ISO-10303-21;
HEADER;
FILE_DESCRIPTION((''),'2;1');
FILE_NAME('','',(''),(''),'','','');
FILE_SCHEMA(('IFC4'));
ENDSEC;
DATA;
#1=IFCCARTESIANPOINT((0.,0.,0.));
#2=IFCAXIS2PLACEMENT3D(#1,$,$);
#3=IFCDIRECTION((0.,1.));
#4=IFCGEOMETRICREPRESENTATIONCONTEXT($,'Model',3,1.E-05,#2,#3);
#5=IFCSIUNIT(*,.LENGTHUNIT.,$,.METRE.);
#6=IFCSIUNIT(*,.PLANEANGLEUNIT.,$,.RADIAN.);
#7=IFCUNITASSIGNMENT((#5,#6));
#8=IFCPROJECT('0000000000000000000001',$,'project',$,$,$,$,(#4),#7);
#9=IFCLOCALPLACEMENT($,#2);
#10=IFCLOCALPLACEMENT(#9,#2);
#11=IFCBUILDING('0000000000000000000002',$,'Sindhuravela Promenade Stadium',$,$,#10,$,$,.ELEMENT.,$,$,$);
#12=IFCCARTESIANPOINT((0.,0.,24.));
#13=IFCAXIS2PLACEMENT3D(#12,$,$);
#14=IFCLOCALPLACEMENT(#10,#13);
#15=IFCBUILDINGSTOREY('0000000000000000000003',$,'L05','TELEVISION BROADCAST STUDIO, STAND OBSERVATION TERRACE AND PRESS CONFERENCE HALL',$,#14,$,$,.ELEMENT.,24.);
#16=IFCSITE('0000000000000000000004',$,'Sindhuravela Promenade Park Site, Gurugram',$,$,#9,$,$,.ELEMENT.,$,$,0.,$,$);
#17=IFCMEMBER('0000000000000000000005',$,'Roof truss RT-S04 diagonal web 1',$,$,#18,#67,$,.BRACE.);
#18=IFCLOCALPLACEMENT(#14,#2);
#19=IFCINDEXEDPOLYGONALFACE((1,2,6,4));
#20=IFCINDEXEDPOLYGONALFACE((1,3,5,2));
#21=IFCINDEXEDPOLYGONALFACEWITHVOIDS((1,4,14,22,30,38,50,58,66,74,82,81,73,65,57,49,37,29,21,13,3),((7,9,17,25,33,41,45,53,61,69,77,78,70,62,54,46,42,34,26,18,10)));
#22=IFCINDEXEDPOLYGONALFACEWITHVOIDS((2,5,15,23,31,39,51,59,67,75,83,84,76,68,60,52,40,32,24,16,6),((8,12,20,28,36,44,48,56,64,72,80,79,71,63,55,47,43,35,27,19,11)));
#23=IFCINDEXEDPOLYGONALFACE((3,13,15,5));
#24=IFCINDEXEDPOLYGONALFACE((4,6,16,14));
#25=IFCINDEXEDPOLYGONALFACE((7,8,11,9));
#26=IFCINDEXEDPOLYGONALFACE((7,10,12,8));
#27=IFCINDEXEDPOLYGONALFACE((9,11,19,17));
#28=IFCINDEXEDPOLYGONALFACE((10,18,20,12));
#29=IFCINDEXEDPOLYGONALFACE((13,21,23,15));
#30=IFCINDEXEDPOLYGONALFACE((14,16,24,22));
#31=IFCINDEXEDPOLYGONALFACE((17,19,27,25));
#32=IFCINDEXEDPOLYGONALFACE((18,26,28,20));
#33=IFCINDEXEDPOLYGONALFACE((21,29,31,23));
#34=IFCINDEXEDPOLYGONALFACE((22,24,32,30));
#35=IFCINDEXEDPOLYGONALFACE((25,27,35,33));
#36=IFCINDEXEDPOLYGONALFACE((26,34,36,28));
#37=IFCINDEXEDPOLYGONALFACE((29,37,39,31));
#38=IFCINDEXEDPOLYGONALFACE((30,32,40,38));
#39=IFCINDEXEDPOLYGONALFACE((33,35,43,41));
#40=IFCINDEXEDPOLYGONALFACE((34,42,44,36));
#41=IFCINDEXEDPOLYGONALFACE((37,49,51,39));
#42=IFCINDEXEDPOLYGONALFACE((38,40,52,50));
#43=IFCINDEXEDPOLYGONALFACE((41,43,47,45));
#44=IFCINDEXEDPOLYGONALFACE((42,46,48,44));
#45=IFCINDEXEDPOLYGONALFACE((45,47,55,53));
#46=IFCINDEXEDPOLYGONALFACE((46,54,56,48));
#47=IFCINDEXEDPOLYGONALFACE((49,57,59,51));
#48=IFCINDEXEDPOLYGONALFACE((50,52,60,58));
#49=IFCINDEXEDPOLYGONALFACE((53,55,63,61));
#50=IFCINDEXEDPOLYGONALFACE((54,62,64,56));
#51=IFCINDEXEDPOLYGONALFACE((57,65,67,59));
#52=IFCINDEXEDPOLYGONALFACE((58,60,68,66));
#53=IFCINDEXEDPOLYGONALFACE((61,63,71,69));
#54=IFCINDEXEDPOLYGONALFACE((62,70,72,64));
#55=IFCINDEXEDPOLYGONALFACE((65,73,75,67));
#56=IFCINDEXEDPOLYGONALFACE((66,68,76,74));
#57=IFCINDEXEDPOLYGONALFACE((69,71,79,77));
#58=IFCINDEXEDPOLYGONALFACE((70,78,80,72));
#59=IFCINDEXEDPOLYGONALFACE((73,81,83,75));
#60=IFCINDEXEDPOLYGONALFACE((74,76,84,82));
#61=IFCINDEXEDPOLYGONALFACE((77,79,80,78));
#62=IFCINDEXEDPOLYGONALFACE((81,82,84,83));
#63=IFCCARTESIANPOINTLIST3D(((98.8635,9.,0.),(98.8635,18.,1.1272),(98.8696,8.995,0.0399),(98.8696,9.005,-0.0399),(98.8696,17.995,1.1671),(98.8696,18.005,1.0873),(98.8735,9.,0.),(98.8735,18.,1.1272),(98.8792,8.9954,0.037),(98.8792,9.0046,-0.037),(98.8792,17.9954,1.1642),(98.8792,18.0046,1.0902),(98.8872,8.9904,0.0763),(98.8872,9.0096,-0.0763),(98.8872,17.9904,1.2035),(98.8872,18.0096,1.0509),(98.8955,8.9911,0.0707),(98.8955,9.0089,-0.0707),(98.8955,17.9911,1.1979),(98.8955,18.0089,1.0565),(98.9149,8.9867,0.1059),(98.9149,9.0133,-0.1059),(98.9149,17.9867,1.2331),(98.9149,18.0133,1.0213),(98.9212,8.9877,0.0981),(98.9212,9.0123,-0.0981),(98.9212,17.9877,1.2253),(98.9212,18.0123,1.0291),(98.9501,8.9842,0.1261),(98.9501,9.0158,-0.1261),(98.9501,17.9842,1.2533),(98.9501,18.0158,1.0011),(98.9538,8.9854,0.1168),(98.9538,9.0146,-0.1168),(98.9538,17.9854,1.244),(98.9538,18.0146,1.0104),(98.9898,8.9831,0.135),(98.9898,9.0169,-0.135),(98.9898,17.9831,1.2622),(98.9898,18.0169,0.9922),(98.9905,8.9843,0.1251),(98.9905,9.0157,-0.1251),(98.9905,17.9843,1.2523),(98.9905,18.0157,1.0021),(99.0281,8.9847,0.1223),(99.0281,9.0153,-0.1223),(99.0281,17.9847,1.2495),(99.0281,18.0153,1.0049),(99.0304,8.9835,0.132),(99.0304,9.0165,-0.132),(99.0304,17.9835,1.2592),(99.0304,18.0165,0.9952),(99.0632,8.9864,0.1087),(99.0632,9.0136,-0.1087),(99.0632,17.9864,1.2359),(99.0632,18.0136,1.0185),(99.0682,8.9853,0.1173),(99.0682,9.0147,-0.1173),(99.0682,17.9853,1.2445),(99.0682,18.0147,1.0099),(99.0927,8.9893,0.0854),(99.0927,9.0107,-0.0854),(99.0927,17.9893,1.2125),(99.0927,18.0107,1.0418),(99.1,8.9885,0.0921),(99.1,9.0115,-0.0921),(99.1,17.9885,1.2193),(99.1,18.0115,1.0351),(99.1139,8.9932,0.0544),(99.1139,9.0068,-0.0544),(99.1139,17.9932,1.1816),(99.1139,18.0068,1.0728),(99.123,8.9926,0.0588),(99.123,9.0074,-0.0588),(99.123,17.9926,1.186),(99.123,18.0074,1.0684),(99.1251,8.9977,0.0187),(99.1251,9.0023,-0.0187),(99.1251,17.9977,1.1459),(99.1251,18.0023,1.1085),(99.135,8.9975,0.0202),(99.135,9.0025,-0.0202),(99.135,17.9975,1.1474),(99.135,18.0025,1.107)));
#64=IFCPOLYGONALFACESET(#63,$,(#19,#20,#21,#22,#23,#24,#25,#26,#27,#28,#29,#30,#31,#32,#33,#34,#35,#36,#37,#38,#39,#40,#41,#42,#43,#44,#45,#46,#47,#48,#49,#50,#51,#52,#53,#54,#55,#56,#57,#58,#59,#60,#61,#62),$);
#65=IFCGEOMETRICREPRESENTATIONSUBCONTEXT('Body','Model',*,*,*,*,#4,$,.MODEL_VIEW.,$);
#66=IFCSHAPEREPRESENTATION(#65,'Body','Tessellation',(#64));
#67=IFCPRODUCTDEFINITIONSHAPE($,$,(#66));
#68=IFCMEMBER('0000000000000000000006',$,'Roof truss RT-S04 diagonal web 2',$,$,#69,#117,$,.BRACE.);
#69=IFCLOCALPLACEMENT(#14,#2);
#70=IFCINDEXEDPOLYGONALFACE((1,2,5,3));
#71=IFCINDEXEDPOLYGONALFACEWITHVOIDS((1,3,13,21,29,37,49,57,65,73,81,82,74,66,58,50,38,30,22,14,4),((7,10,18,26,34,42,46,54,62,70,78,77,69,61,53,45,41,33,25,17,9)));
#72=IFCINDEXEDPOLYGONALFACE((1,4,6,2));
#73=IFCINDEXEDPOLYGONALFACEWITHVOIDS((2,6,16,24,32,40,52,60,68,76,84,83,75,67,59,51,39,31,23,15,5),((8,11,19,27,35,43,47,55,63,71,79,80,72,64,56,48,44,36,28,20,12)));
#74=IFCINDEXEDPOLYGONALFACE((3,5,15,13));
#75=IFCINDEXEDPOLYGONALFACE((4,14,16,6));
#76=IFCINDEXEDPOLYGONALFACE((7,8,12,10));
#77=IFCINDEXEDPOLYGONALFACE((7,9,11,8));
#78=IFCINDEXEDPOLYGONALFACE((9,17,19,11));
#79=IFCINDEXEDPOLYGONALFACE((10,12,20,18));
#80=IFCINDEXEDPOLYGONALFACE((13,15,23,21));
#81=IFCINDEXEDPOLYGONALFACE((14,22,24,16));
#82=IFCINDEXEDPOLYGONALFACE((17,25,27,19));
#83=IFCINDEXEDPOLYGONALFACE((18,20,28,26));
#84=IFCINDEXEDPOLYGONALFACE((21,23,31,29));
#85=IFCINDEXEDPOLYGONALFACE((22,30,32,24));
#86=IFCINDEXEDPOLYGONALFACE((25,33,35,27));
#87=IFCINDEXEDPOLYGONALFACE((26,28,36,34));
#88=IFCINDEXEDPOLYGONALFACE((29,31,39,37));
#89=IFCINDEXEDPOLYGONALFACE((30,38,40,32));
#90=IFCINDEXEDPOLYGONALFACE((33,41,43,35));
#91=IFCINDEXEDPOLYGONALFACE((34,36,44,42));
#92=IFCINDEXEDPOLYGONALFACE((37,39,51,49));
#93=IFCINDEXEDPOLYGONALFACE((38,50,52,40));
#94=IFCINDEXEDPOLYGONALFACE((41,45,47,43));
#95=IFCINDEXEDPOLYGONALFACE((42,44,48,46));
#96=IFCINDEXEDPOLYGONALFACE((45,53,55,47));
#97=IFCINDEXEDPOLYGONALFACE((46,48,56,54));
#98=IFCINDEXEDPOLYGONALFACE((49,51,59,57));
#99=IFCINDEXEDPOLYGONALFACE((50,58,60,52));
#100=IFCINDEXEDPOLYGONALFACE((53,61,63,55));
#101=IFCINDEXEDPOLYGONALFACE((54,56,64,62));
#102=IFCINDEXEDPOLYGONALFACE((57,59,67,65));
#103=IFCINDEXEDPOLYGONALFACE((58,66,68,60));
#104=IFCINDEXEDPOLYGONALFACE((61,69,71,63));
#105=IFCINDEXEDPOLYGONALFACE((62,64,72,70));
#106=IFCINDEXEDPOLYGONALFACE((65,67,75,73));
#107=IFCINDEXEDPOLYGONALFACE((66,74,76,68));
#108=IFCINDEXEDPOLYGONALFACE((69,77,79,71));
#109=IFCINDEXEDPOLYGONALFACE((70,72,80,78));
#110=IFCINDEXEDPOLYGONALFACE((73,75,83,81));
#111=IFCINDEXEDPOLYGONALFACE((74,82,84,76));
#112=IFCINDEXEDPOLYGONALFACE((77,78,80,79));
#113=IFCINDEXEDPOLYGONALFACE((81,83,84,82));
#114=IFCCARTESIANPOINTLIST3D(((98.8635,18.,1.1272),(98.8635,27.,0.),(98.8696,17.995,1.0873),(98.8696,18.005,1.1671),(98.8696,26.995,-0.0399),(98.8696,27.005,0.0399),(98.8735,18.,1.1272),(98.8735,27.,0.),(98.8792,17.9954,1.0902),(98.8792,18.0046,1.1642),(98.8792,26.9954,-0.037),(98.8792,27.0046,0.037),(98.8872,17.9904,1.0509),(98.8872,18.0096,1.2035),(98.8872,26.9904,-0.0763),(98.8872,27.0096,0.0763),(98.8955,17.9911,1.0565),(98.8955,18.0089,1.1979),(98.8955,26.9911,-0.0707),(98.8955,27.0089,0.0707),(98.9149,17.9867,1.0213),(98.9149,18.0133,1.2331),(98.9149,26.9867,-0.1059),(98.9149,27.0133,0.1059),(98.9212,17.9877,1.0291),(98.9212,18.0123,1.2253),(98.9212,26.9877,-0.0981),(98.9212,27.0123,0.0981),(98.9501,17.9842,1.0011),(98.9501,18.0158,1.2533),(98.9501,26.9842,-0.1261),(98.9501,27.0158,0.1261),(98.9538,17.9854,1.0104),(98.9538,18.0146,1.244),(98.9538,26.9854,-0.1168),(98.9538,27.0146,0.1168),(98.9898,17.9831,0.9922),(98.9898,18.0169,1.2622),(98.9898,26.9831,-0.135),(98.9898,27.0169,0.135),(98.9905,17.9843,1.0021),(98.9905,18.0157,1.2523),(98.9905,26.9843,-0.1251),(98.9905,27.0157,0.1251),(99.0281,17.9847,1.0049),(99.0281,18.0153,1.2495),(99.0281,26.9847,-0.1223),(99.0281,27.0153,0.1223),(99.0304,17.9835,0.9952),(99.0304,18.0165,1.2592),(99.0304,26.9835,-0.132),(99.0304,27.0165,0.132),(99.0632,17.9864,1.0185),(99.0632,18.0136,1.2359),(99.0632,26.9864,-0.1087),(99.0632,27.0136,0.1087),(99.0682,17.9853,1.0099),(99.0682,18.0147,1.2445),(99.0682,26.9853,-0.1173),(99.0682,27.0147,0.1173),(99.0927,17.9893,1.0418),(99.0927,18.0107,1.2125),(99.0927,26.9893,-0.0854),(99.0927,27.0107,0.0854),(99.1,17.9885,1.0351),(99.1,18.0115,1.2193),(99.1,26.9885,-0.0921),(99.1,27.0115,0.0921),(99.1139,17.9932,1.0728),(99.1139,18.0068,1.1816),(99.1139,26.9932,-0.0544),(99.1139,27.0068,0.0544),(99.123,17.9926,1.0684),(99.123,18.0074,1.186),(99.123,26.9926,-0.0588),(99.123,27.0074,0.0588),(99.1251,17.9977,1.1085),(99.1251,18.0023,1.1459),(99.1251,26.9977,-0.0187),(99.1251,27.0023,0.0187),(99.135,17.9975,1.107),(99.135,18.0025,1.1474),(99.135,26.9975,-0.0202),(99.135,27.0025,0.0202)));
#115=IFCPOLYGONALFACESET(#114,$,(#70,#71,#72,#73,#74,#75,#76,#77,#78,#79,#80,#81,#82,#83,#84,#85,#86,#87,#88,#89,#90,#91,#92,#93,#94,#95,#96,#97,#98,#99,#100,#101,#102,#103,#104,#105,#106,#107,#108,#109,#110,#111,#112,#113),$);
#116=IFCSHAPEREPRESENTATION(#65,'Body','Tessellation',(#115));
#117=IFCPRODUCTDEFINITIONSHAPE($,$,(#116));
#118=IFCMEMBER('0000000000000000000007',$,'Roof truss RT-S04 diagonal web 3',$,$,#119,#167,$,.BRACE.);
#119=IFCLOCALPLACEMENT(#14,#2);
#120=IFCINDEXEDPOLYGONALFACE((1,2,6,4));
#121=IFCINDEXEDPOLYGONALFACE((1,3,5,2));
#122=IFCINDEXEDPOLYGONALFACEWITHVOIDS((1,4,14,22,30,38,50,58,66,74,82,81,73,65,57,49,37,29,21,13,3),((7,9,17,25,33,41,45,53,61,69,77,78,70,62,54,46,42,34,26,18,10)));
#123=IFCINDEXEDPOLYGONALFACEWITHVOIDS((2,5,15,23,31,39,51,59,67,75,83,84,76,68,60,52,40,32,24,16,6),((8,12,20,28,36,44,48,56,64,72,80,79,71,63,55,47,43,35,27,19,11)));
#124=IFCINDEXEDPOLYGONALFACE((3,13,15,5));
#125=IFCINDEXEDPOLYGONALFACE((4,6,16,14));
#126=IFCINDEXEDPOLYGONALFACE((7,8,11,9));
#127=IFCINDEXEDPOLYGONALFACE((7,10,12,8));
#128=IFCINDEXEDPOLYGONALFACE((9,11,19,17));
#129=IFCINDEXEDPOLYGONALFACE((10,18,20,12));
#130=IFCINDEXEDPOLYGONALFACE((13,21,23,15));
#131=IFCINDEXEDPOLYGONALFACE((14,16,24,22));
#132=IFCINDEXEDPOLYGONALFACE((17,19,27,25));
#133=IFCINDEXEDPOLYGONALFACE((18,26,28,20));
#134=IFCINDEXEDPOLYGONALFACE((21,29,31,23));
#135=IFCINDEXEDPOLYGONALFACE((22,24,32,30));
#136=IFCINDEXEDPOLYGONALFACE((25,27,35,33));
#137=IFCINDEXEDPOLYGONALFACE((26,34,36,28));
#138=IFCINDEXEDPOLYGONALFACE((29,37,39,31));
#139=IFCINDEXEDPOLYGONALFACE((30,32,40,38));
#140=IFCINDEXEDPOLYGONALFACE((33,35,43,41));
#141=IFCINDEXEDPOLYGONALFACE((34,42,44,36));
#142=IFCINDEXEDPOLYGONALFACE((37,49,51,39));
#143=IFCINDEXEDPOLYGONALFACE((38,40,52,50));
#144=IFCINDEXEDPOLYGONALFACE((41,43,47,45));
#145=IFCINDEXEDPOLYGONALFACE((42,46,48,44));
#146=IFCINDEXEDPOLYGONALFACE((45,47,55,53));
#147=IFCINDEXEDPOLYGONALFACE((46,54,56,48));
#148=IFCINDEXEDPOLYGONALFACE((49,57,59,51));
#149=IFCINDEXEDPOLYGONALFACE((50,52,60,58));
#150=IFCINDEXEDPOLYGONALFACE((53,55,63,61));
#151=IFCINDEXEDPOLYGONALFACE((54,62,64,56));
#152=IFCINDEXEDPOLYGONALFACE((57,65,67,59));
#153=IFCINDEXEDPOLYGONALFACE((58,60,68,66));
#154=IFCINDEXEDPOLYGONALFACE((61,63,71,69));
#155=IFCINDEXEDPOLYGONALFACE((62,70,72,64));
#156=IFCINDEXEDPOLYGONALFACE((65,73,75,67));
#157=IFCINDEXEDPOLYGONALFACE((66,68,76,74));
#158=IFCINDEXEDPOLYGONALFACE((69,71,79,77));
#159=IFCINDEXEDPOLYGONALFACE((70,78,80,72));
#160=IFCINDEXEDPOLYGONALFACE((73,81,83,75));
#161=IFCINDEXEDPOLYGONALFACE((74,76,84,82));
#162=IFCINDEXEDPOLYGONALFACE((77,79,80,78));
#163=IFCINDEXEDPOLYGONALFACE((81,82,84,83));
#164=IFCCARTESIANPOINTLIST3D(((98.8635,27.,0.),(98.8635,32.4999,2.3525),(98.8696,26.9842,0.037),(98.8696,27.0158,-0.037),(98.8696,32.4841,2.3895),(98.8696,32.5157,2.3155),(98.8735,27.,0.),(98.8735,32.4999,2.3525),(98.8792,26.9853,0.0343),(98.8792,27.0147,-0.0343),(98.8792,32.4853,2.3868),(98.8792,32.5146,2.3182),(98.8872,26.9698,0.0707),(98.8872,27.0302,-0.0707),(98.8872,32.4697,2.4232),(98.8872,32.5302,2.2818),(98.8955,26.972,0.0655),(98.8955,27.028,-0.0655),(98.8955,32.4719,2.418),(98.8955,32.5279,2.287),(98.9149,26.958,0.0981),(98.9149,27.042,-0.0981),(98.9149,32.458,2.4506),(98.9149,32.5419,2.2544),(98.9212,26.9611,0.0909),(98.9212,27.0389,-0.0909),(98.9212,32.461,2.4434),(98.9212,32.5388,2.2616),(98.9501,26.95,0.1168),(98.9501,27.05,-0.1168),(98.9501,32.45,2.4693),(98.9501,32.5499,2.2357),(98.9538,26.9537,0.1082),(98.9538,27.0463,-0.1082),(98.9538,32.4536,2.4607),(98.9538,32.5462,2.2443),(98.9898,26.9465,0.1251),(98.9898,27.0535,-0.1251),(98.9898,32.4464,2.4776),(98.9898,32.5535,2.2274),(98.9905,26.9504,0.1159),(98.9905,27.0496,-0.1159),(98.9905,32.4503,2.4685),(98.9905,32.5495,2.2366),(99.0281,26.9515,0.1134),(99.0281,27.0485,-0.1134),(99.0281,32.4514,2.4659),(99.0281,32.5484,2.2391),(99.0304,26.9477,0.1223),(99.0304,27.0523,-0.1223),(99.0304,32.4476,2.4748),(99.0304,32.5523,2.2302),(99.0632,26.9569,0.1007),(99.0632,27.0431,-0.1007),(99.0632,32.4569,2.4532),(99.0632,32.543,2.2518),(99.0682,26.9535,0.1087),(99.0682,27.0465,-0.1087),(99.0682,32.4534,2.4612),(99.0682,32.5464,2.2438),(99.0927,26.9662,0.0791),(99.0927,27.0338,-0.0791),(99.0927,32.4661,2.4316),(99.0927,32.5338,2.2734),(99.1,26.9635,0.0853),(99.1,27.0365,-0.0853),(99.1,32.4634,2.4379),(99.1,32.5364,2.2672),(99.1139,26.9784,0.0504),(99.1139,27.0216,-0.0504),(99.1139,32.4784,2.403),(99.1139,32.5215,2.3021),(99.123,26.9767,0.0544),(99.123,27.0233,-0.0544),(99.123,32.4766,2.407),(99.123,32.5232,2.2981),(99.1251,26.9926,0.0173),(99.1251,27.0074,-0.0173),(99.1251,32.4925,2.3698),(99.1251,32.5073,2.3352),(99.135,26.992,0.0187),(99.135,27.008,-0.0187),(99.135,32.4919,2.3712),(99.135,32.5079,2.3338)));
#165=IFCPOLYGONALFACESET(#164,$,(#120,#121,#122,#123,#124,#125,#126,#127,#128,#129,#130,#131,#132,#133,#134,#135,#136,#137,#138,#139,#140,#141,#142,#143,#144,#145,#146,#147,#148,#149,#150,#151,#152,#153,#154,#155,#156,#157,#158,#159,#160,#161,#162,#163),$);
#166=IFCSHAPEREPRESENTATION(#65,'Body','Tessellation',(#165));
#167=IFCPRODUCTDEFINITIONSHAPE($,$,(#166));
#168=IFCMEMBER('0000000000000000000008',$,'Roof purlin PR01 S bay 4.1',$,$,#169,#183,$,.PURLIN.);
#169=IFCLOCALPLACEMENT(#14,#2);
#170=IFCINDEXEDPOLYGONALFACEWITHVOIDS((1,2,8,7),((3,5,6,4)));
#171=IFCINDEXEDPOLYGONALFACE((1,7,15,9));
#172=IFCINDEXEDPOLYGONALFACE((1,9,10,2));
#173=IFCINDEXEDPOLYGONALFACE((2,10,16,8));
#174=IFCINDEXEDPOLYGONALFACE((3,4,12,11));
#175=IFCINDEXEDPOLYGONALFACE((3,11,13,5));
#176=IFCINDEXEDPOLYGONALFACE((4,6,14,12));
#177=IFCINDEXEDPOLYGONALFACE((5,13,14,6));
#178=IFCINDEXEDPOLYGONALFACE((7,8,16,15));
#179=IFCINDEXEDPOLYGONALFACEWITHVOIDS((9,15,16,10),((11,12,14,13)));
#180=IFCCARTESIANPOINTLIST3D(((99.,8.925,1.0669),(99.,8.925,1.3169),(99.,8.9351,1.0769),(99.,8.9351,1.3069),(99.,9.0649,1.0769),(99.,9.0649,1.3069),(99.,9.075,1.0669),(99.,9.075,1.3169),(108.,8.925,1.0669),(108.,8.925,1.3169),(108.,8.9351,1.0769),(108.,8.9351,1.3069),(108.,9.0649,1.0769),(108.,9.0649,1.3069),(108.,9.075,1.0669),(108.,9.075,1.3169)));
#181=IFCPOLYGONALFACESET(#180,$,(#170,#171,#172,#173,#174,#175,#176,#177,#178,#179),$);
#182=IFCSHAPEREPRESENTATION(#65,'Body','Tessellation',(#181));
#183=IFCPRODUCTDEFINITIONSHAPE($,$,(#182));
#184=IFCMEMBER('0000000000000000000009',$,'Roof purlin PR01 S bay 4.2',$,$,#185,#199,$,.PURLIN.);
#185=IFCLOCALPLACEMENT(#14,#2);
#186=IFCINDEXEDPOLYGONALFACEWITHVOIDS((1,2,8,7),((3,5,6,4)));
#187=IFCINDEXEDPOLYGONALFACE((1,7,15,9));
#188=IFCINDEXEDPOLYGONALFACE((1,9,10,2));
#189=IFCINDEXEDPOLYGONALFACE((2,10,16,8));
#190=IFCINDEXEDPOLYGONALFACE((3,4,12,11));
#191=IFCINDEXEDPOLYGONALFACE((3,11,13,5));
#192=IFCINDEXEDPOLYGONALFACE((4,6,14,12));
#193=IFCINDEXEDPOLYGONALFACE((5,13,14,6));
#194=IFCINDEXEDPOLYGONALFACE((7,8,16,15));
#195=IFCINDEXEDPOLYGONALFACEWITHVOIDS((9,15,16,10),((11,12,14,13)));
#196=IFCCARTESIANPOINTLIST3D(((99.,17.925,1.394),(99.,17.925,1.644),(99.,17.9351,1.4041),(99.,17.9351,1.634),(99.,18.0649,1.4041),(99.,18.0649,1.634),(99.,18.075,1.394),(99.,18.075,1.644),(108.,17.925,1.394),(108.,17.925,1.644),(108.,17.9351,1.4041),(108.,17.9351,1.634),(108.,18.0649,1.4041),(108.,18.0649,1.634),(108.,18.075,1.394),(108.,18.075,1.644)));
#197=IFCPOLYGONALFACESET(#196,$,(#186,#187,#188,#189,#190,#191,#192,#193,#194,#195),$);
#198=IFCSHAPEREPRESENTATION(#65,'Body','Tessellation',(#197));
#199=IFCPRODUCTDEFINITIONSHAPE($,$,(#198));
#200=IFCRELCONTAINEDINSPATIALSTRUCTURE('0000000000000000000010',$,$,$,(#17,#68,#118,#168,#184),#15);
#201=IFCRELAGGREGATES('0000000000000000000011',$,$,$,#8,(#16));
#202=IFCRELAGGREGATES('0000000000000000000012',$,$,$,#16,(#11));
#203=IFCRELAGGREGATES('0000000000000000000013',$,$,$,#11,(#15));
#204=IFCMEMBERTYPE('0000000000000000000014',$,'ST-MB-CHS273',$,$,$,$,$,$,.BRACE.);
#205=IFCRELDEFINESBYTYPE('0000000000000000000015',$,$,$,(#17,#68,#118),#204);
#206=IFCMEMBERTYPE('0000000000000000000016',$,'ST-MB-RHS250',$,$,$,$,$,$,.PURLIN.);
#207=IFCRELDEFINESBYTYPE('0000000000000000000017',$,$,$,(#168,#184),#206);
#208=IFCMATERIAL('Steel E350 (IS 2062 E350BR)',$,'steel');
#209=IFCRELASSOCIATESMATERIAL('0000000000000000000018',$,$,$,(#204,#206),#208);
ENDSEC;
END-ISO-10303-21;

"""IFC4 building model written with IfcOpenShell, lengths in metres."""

from ifc_helpers import new_model, si_unit, direction, frame, origin, origin_2d, place, context, subcontext, project, spatial, hollow_rectangle, hollow_circle, extrude, material, material_profile, profile_set, type_object, element, save


model = new_model("IFC4")

# Units and contexts
model_context = context("Model", 3, precision=1e-05, world=origin(), true_north=direction((0.0, 1.0)))
body_context = subcontext(model_context, "Body", "Model", "MODEL_VIEW")
ifc_project = project(units=[si_unit("LENGTHUNIT", "METRE"), si_unit("PLANEANGLEUNIT", "RADIAN")], contexts=[model_context])

# Site, building, storey
site_placement = place(None, origin())
site = spatial("IfcSite", under=ifc_project, at=site_placement, Name="Sindhuravela Promenade Park Site, Gurugram", CompositionType="ELEMENT", RefElevation=0.0)
building_placement = place(site_placement, origin())
building = spatial("IfcBuilding", under=site, at=building_placement, Name="Sindhuravela Promenade Stadium", CompositionType="ELEMENT")
storey_placement = place(building_placement, frame((0.0, 0.0, 24.0)))
storey = spatial("IfcBuildingStorey", under=building, at=storey_placement, Name="L05", Description="TELEVISION BROADCAST STUDIO, STAND OBSERVATION TERRACE AND PRESS CONFERENCE HALL", CompositionType="ELEMENT", Elevation=24.0)

# Shared definitions
ifc_material_1 = material(Name="Steel E350 (IS 2062 E350BR)", Category="steel")

# Members
ifc_material_profile_1 = material_profile(ifc_material_1, hollow_circle(Radius=0.1365, WallThickness=0.01, at=origin_2d()), Name="CHS 273.0x10")
ifc_profile_set_1 = profile_set([ifc_material_profile_1], Name="Steel E350 (IS 2062 E350BR)")
member_type_1 = type_object("IfcMemberType", Name="ST-MB-CHS273", PredefinedType="BRACE", material=ifc_profile_set_1)
for number, where, z_axis, x_axis, name in (
    (1, (99.0, 9.0, 0.0), (0.0, 0.992248, 0.124273), (-1.0, 0.0, 0.0), "Roof truss RT-S04 diagonal web 1"),
    (2, (99.0, 18.0, 1.1272), (0.0, 0.992248, -0.124273), (-1.0, 0.0, 0.0), "Roof truss RT-S04 diagonal web 2"),
):
    element("IfcMember", number, at=place(storey_placement, frame(where, z_axis=z_axis, x_axis=x_axis)), inside=storey, type_object=member_type_1, Name=name, PredefinedType="BRACE", context=body_context, shape_type="SweptSolid", body=[
        extrude(hollow_circle(Radius=0.1365, WallThickness=0.01, at=origin_2d()), origin(), (0.0, 0.0, 1.0), 9.0703),
    ])
member_1_placement = place(storey_placement, frame((99.0, 27.0, 0.0), z_axis=(0.0, 0.919423, 0.393269), x_axis=(-1.0, 0.0, 0.0)))
element("IfcMember", 3, at=member_1_placement, inside=storey, type_object=member_type_1, Name="Roof truss RT-S04 diagonal web 3", PredefinedType="BRACE", context=body_context, shape_type="SweptSolid", body=[
    extrude(hollow_circle(Radius=0.1365, WallThickness=0.01, at=origin_2d()), origin(), (0.0, 0.0, 1.0), 5.9819),
])
ifc_material_profile_2 = material_profile(ifc_material_1, hollow_rectangle(XDim=0.1499, YDim=0.25, WallThickness=0.01, at=origin_2d()), Name="RHS 250x150x10")
ifc_profile_set_2 = profile_set([ifc_material_profile_2], Name="Steel E350 (IS 2062 E350BR)")
member_type_2 = type_object("IfcMemberType", Name="ST-MB-RHS250", PredefinedType="PURLIN", material=ifc_profile_set_2)
for number, where, z_axis, x_axis, name in (
    (4, (99.0, 9.0, 1.1919), (1.0, 0.0, 0.0), (0.0, 1.0, 0.0), "Roof purlin PR01 S bay 4.1"),
    (5, (99.0, 18.0, 1.519), (1.0, 0.0, 0.0), (0.0, 1.0, 0.0), "Roof purlin PR01 S bay 4.2"),
):
    element("IfcMember", number, at=place(storey_placement, frame(where, z_axis=z_axis, x_axis=x_axis)), inside=storey, type_object=member_type_2, Name=name, PredefinedType="PURLIN", context=body_context, shape_type="SweptSolid", body=[
        extrude(hollow_rectangle(XDim=0.1499, YDim=0.25, WallThickness=0.01, at=origin_2d()), origin(), (0.0, 0.0, 1.0), 9.0),
    ])

save(model, "model.ifc")
